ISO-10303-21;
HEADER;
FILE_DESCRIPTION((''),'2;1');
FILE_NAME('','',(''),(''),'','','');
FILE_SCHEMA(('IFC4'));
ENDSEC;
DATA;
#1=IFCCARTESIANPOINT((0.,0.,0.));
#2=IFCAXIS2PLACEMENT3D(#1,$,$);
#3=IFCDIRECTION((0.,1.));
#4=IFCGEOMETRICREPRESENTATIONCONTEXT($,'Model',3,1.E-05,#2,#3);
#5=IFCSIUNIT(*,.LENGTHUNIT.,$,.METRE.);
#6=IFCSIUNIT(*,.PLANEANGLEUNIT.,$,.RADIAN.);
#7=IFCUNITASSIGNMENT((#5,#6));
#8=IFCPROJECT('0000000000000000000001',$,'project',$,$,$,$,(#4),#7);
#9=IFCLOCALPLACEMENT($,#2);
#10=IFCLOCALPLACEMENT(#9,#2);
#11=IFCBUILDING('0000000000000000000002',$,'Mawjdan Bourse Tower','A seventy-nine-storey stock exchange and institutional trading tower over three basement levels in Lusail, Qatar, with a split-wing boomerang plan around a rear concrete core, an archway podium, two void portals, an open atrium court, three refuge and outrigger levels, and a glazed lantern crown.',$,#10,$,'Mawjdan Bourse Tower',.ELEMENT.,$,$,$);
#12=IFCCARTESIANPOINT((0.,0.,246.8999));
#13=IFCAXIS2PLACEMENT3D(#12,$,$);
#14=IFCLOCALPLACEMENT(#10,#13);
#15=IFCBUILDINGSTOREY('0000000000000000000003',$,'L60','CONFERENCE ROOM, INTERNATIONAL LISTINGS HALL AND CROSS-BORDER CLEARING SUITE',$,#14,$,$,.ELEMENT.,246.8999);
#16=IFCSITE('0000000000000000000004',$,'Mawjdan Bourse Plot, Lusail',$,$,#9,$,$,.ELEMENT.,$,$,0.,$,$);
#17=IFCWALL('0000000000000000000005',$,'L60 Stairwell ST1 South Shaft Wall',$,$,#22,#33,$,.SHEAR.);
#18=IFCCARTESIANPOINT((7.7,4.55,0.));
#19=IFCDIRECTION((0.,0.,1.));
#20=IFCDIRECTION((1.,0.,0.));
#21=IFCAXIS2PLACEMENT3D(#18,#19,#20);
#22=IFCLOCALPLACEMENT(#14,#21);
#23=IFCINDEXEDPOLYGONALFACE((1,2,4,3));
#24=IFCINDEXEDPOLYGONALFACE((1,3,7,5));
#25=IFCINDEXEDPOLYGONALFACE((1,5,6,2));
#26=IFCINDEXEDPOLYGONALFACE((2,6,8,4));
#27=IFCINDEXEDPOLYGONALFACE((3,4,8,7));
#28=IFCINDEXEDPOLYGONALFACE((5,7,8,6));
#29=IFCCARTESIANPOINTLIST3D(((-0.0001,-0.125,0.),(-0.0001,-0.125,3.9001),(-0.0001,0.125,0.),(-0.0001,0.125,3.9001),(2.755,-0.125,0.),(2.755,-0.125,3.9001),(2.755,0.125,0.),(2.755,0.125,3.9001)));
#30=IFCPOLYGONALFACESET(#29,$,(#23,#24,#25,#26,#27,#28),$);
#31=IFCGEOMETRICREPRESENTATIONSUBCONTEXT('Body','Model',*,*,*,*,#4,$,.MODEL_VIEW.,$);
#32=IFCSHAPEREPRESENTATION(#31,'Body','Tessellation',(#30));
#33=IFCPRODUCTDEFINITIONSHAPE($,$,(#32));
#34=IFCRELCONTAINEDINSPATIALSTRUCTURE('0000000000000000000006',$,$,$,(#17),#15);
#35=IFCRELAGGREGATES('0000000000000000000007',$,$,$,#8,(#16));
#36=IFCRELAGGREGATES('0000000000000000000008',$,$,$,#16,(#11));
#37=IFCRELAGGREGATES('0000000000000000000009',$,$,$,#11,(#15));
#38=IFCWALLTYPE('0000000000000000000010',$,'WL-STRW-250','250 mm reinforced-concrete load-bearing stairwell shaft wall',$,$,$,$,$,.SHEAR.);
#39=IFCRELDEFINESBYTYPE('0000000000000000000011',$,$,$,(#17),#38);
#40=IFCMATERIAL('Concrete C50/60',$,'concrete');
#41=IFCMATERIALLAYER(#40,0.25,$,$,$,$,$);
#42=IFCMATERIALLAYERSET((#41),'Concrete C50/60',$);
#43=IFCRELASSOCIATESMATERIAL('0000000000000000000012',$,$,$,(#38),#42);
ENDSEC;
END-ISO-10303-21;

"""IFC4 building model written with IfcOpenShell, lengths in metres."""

from ifc_helpers import new_model, si_unit, direction, frame, frame_2d, origin, place, context, subcontext, project, spatial, rectangle, extrude, material, layer, layer_set, type_object, element, save


model = new_model("IFC4")

# Units and contexts
model_context = context("Model", 3, precision=1e-05, world=origin(), true_north=direction((0.0, 1.0)))
body_context = subcontext(model_context, "Body", "Model", "MODEL_VIEW")
ifc_project = project(units=[si_unit("LENGTHUNIT", "METRE"), si_unit("PLANEANGLEUNIT", "RADIAN")], contexts=[model_context])

# Site, building, storey
site_placement = place(None, origin())
site = spatial("IfcSite", under=ifc_project, at=site_placement, Name="Mawjdan Bourse Plot, Lusail", CompositionType="ELEMENT", RefElevation=0.0)
building_placement = place(site_placement, origin())
building = spatial("IfcBuilding", under=site, at=building_placement, Name="Mawjdan Bourse Tower", Description="A seventy-nine-storey stock exchange and institutional trading tower over three basement levels in Lusail, Qatar, with a split-wing boomerang plan around a rear concrete core, an archway podium, two void portals, an open atrium court, three refuge and outrigger levels, and a glazed lantern crown.", LongName="Mawjdan Bourse Tower", CompositionType="ELEMENT")
storey_placement = place(building_placement, frame((0.0, 0.0, 246.8999)))
storey = spatial("IfcBuildingStorey", under=building, at=storey_placement, Name="L60", Description="CONFERENCE ROOM, INTERNATIONAL LISTINGS HALL AND CROSS-BORDER CLEARING SUITE", CompositionType="ELEMENT", Elevation=246.8999)

# Shared definitions
ifc_material_1 = material(Name="Concrete C50/60", Category="concrete")

# Wall
ifc_layer_1 = layer(ifc_material_1, 0.25)
ifc_layer_set_1 = layer_set([ifc_layer_1], Name="Concrete C50/60")
wall_type_1 = type_object("IfcWallType", Name="WL-STRW-250", Description="250 mm reinforced-concrete load-bearing stairwell shaft wall", PredefinedType="SHEAR", material=ifc_layer_set_1)
wall_1_placement = place(storey_placement, frame((7.7, 4.55, 0.0), z_axis=(0.0, 0.0, 1.0), x_axis=(1.0, 0.0, 0.0)))
element("IfcWall", 1, at=wall_1_placement, inside=storey, type_object=wall_type_1, Name="L60 Stairwell ST1 South Shaft Wall", PredefinedType="SHEAR", context=body_context, shape_type="SweptSolid", body=[
    extrude(rectangle(XDim=2.7551, YDim=0.25, at=frame_2d((1.3774, 0.0))), origin(), (0.0, 0.0, 1.0), 3.9001),
])

save(model, "model.ifc")
